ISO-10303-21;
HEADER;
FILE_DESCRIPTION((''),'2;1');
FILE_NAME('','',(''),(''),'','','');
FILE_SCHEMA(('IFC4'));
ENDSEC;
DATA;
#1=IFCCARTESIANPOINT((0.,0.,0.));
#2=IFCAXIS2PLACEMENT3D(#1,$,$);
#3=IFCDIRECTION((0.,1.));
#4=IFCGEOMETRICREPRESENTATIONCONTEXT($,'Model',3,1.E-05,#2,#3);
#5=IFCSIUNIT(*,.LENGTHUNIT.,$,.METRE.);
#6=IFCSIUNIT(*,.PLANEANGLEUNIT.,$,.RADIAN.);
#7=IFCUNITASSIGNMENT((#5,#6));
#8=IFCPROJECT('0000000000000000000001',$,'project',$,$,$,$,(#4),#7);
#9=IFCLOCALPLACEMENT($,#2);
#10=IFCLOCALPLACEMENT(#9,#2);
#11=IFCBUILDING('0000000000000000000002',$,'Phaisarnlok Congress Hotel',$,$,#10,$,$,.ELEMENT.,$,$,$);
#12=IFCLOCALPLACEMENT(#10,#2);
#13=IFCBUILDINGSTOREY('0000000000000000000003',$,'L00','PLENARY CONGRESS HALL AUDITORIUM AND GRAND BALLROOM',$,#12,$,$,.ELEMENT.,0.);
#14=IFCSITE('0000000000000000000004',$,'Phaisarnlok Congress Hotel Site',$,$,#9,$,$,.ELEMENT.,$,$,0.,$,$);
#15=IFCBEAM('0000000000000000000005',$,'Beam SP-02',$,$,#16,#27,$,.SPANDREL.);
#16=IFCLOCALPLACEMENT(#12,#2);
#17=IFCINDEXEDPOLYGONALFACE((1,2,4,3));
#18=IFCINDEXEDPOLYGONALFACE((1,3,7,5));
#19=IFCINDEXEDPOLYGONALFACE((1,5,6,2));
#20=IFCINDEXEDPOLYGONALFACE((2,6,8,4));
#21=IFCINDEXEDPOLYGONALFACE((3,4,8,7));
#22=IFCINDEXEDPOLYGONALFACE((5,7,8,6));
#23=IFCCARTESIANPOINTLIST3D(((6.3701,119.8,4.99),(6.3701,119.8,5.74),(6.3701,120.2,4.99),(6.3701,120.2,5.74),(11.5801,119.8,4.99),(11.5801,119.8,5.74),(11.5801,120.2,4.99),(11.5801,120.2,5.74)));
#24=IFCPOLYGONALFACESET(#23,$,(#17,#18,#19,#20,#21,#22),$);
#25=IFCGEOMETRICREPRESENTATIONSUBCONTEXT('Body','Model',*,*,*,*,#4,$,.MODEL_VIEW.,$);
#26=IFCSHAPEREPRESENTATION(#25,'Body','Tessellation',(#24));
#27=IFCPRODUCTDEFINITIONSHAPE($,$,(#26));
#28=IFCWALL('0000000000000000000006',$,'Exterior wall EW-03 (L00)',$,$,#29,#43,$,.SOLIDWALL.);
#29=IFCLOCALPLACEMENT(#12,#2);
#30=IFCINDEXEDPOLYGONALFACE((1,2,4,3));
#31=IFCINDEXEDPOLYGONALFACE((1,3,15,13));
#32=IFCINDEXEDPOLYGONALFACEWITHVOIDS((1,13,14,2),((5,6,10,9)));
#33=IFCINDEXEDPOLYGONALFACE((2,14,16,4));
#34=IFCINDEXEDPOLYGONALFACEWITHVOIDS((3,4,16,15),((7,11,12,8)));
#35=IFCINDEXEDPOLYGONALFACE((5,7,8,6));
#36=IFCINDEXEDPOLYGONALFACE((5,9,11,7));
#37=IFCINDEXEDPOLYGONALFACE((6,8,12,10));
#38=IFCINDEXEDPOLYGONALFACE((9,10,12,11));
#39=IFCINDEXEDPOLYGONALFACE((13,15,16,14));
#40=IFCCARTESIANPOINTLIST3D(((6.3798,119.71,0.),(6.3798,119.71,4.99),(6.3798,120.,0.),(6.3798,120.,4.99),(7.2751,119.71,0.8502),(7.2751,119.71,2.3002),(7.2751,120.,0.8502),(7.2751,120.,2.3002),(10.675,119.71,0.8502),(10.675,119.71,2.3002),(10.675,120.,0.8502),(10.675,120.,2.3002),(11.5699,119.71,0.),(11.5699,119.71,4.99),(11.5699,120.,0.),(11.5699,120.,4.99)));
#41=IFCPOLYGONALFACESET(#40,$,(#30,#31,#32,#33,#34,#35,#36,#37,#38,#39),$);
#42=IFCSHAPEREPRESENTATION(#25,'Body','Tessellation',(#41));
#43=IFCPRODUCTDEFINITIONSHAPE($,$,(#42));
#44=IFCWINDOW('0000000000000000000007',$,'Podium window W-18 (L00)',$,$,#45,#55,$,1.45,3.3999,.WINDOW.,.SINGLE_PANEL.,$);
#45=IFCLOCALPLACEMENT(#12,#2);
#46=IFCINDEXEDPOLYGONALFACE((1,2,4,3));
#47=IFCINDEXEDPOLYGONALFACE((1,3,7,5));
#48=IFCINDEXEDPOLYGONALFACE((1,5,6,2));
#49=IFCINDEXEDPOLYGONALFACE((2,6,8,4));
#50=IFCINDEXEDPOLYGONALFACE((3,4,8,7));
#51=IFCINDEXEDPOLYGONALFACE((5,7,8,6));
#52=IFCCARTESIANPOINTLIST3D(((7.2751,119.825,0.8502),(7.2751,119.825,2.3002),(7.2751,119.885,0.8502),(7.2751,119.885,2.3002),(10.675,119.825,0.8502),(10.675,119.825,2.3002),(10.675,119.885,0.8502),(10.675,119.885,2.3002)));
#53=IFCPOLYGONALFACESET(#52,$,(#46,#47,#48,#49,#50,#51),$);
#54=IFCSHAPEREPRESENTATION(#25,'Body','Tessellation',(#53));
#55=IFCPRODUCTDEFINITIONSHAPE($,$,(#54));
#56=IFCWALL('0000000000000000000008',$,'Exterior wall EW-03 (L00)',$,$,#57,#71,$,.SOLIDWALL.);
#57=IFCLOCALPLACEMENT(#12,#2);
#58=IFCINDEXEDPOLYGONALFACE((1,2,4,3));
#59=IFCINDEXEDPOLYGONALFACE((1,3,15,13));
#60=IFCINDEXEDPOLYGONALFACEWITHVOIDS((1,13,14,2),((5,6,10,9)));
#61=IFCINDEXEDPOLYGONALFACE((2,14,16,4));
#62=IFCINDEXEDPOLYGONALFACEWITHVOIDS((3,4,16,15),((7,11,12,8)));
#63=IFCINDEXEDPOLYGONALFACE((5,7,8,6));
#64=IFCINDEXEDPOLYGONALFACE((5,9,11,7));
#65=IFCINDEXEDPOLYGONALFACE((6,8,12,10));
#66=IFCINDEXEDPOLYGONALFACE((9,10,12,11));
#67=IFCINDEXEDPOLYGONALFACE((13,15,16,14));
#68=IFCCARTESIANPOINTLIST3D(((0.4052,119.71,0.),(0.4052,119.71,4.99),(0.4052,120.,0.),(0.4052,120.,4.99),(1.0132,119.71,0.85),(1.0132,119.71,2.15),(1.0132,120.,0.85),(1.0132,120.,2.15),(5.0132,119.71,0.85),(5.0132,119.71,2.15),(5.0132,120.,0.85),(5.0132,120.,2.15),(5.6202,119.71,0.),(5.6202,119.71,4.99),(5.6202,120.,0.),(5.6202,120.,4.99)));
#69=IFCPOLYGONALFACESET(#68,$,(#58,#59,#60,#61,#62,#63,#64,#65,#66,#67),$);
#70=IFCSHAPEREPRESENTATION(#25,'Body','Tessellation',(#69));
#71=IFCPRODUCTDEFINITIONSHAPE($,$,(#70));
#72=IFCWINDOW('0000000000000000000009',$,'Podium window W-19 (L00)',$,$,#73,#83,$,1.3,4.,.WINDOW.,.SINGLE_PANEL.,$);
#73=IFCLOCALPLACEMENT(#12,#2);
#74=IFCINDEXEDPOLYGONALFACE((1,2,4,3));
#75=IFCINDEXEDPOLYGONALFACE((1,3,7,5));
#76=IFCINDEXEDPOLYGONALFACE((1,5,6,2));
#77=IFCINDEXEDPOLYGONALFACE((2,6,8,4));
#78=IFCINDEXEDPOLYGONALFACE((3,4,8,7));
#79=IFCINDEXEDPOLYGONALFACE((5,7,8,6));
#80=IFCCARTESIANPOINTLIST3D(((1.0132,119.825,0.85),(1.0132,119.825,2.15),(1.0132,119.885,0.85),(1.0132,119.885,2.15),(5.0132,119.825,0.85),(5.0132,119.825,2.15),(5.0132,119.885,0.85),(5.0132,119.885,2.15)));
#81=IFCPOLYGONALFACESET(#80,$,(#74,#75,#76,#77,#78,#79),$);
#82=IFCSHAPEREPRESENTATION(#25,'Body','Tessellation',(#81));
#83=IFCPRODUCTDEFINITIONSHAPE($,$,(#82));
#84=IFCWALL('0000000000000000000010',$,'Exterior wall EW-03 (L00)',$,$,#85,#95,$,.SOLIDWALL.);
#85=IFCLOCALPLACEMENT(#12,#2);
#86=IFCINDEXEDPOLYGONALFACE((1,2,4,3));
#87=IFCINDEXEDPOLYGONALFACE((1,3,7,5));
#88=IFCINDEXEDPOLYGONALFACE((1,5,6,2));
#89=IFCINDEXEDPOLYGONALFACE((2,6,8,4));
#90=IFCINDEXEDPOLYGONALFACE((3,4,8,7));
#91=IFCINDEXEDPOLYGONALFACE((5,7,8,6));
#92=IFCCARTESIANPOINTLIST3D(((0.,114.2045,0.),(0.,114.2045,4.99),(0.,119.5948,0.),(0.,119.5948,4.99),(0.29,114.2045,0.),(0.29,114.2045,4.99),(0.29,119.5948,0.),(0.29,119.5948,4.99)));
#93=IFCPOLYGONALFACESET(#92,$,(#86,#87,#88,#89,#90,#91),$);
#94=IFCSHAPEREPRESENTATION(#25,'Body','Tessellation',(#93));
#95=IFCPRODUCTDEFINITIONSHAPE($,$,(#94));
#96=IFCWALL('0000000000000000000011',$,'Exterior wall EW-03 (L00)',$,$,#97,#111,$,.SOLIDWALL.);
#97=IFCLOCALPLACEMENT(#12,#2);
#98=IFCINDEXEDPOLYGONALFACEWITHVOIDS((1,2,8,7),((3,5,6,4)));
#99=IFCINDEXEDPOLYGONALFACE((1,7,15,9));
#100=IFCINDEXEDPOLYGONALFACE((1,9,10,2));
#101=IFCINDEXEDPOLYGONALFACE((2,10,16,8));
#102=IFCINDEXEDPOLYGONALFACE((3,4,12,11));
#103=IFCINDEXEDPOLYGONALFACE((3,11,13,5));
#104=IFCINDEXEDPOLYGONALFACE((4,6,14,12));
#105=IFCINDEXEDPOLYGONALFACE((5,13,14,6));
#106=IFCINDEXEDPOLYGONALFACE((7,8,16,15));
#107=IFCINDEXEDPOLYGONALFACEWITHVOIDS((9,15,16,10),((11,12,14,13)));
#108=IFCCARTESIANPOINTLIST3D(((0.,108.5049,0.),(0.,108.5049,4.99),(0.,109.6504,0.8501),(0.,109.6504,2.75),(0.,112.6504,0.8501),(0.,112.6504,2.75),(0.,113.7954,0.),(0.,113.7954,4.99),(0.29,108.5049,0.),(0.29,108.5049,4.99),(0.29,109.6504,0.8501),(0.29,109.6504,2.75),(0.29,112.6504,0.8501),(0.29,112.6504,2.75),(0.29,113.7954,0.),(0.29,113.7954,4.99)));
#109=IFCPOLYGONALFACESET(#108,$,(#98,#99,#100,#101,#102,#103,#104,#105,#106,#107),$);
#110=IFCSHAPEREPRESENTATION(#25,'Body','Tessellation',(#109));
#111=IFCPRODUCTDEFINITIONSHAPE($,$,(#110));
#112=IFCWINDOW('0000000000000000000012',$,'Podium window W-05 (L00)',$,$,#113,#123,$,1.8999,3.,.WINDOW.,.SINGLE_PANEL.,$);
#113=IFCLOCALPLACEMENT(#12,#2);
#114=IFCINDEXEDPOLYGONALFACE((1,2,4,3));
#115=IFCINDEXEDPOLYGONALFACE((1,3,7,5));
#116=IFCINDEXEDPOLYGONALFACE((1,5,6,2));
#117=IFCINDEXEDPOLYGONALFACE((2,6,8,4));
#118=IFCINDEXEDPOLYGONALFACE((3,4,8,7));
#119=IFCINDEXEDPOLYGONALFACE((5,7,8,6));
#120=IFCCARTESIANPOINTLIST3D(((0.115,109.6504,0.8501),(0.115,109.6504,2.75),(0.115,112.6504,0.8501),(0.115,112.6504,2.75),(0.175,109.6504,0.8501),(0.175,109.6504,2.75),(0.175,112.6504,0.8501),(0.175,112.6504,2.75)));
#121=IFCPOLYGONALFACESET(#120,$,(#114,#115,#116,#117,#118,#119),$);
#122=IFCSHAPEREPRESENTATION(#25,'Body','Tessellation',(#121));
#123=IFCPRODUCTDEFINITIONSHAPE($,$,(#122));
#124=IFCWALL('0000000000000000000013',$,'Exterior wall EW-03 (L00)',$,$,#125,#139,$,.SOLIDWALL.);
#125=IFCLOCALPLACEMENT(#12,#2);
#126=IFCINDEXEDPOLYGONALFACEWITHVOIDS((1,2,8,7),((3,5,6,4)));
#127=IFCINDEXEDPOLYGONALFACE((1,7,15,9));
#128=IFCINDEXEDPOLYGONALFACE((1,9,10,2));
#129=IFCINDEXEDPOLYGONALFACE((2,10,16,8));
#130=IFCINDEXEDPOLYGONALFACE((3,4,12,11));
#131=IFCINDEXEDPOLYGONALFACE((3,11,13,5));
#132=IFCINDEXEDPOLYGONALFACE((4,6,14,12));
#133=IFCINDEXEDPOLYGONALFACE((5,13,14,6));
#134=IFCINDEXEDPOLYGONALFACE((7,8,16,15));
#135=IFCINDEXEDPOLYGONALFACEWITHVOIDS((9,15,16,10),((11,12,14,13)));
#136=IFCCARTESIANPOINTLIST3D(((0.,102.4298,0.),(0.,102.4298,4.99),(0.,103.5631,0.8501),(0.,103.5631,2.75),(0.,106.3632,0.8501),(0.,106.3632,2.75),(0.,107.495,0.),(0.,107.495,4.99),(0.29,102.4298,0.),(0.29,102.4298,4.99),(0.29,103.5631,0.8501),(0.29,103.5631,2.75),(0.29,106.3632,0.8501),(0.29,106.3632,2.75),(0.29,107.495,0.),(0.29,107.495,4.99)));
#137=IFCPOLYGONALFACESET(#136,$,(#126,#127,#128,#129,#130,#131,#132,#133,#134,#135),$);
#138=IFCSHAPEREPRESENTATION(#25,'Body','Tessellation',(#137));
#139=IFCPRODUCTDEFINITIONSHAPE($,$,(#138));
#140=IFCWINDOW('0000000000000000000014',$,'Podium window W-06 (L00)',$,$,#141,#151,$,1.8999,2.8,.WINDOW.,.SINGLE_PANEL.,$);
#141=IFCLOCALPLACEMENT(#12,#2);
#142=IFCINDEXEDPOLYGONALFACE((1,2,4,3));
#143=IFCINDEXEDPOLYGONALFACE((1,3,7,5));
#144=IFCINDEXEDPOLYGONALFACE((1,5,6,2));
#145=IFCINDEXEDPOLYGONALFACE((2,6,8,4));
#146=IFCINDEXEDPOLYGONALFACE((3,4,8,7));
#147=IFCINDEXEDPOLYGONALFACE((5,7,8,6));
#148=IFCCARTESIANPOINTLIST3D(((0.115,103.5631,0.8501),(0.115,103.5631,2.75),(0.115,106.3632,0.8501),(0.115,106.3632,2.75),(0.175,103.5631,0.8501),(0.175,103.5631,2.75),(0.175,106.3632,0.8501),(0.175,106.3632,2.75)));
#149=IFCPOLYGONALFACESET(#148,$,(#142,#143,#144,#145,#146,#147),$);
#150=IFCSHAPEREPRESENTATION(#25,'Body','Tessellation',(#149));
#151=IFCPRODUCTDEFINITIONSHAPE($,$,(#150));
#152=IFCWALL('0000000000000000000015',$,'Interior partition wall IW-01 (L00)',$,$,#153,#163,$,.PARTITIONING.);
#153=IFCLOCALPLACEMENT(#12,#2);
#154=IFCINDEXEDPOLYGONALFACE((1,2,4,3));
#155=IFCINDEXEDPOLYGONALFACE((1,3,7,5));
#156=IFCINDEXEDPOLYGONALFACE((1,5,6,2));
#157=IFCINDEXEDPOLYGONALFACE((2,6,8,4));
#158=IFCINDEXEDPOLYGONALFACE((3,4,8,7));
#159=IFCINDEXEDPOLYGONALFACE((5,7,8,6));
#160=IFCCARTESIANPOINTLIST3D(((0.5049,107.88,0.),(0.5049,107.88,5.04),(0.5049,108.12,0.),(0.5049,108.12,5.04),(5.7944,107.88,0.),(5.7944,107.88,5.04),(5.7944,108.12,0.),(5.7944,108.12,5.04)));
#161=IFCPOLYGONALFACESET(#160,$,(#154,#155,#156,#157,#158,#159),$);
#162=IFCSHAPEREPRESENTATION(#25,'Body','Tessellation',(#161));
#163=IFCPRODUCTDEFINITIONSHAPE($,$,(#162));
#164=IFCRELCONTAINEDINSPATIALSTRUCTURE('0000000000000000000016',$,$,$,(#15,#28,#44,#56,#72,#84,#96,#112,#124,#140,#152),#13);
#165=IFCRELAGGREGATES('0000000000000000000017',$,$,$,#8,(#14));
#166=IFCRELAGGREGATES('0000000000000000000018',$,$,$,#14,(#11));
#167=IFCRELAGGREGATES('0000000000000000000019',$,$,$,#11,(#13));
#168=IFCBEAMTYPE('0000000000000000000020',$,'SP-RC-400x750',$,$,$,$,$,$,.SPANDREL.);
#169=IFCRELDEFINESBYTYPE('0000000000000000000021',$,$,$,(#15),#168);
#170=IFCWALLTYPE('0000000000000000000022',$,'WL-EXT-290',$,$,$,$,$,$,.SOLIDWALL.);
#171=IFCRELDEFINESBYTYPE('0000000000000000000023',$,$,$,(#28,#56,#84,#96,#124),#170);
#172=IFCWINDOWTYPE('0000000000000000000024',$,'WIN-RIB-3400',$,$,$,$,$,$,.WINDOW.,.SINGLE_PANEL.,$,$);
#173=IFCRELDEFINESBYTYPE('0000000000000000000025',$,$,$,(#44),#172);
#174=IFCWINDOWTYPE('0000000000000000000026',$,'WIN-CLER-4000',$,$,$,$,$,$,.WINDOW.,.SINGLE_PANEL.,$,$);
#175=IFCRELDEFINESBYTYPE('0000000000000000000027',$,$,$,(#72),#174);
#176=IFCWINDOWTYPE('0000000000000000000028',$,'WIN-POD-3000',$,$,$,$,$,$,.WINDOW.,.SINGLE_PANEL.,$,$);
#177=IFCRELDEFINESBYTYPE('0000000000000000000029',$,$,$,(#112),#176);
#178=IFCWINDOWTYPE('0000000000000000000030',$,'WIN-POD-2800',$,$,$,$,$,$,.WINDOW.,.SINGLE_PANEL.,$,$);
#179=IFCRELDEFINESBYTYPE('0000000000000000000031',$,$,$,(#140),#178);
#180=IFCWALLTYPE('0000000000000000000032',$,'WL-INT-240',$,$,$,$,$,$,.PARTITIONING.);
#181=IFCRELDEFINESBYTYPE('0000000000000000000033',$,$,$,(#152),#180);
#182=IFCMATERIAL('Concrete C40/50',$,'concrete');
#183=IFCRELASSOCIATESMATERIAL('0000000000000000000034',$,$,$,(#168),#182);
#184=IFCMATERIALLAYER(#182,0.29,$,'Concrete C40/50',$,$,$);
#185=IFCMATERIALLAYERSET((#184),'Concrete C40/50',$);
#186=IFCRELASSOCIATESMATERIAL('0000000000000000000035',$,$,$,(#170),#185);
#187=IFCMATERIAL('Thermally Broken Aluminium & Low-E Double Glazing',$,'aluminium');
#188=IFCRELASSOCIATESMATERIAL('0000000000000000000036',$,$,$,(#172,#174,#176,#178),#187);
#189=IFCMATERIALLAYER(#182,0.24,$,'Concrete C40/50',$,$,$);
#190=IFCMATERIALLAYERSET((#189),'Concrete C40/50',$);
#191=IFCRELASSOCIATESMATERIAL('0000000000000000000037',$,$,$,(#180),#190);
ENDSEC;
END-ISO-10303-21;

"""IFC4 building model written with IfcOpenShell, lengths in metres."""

from ifc_helpers import new_model, si_unit, direction, frame, frame_2d, origin, origin_2d, place, context, subcontext, project, spatial, rectangle, extrude, material, layer, layer_set, material_profile, profile_set, type_object, element, fill, save


model = new_model("IFC4")

# Units and contexts
model_context = context("Model", 3, precision=1e-05, world=origin(), true_north=direction((0.0, 1.0)))
body_context = subcontext(model_context, "Body", "Model", "MODEL_VIEW")
ifc_project = project(units=[si_unit("LENGTHUNIT", "METRE"), si_unit("PLANEANGLEUNIT", "RADIAN")], contexts=[model_context])

# Site, building, storey
site_placement = place(None, origin())
site = spatial("IfcSite", under=ifc_project, at=site_placement, Name="Phaisarnlok Congress Hotel Site", CompositionType="ELEMENT", RefElevation=0.0)
building_placement = place(site_placement, origin())
building = spatial("IfcBuilding", under=site, at=building_placement, Name="Phaisarnlok Congress Hotel", CompositionType="ELEMENT")
storey_placement = place(building_placement, origin())
storey = spatial("IfcBuildingStorey", under=building, at=storey_placement, Name="L00", Description="PLENARY CONGRESS HALL AUDITORIUM AND GRAND BALLROOM", CompositionType="ELEMENT", Elevation=0.0)

# Beam
ifc_material_1 = material(Name="Concrete C40/50", Category="concrete")
ifc_material_profile_1 = material_profile(ifc_material_1, rectangle(XDim=0.3999, YDim=0.75, at=origin_2d()), Name="RC 400x750")
ifc_profile_set_1 = profile_set([ifc_material_profile_1], Name="Concrete C40/50")
beam_type_1 = type_object("IfcBeamType", Name="SP-RC-400x750", PredefinedType="SPANDREL", material=ifc_profile_set_1)
beam_1_placement = place(storey_placement, frame((6.3701, 120.0, 5.365), z_axis=(1.0, 0.0, 0.0), x_axis=(0.0, 1.0, 0.0)))
element("IfcBeam", 1, at=beam_1_placement, inside=storey, type_object=beam_type_1, Name="Beam SP-02", PredefinedType="SPANDREL", context=body_context, shape_type="SweptSolid", body=[
    extrude(rectangle(XDim=0.3999, YDim=0.75, at=origin_2d()), origin(), (0.0, 0.0, 1.0), 5.21),
])

# Walls, openings, windows
ifc_layer_1 = layer(ifc_material_1, 0.29, Name="Concrete C40/50")
ifc_layer_set_1 = layer_set([ifc_layer_1], Name="Concrete C40/50")
wall_type_1 = type_object("IfcWallType", Name="WL-EXT-290", PredefinedType="SOLIDWALL", material=ifc_layer_set_1)
wall_1_placement = place(storey_placement, frame((11.5701, 119.855, 0.0), z_axis=(0.0, 0.0, 1.0), x_axis=(-1.0, 0.0, 0.0)))
wall_1 = element("IfcWall", 2, at=wall_1_placement, inside=storey, type_object=wall_type_1, Name="Exterior wall EW-03 (L00)", PredefinedType="SOLIDWALL", context=body_context, shape_type="SweptSolid", body=[
    extrude(rectangle(XDim=5.1902, YDim=0.29, at=frame_2d((2.5952, 0.0))), origin(), (0.0, 0.0, 1.0), 4.99),
])
opening_1_placement = place(wall_1_placement, frame((0.895, 0.0, 0.8501)))
opening_1 = element("IfcOpeningElement", 3, at=opening_1_placement, cuts=wall_1, PredefinedType="OPENING", context=body_context, shape_type="SweptSolid", body=[
    extrude(rectangle(XDim=3.3999, YDim=1.45, at=frame_2d((1.7, 0.7251))), frame((0.0, 0.155, 0.0), z_axis=(0.0, -1.0, 0.0), x_axis=(1.0, 0.0, 0.0)), (0.0, 0.0, 1.0), 0.3101),
])
ifc_material_2 = material(Name="Thermally Broken Aluminium & Low-E Double Glazing", Category="aluminium")
window_type_1 = type_object("IfcWindowType", Name="WIN-RIB-3400", PartitioningType="SINGLE_PANEL", PredefinedType="WINDOW", material=ifc_material_2)
window_1_placement = place(opening_1_placement, origin())
window_1 = element("IfcWindow", 4, at=window_1_placement, inside=storey, type_object=window_type_1, Name="Podium window W-18 (L00)", OverallHeight=1.45, OverallWidth=3.3999, PartitioningType="SINGLE_PANEL", PredefinedType="WINDOW", context=body_context, shape_type="SweptSolid", body=[
    extrude(rectangle(XDim=3.3999, YDim=1.45, at=frame_2d((1.7, 0.7251))), frame((0.0, 0.03, 0.0), z_axis=(0.0, -1.0, 0.0), x_axis=(1.0, 0.0, 0.0)), (0.0, 0.0, 1.0), 0.0601),
])
fill(opening_1, window_1)
wall_2_placement = place(storey_placement, frame((5.6201, 119.855, 0.0), z_axis=(0.0, 0.0, 1.0), x_axis=(-1.0, 0.0, 0.0)))
wall_2 = element("IfcWall", 5, at=wall_2_placement, inside=storey, type_object=wall_type_1, Name="Exterior wall EW-03 (L00)", PredefinedType="SOLIDWALL", context=body_context, shape_type="SweptSolid", body=[
    extrude(rectangle(XDim=5.2151, YDim=0.29, at=frame_2d((2.6074, 0.0))), origin(), (0.0, 0.0, 1.0), 4.99),
])
opening_2_placement = place(wall_2_placement, frame((0.6069, 0.0, 0.8501)))
opening_2 = element("IfcOpeningElement", 6, at=opening_2_placement, cuts=wall_2, PredefinedType="OPENING", context=body_context, shape_type="SweptSolid", body=[
    extrude(rectangle(XDim=4.0, YDim=1.3, at=frame_2d((2.0, 0.6499))), frame((0.0, 0.155, 0.0), z_axis=(0.0, -1.0, 0.0), x_axis=(1.0, 0.0, 0.0)), (0.0, 0.0, 1.0), 0.3101),
])
window_type_2 = type_object("IfcWindowType", Name="WIN-CLER-4000", PartitioningType="SINGLE_PANEL", PredefinedType="WINDOW", material=ifc_material_2)
window_2_placement = place(opening_2_placement, origin())
window_2 = element("IfcWindow", 7, at=window_2_placement, inside=storey, type_object=window_type_2, Name="Podium window W-19 (L00)", OverallHeight=1.3, OverallWidth=4.0, PartitioningType="SINGLE_PANEL", PredefinedType="WINDOW", context=body_context, shape_type="SweptSolid", body=[
    extrude(rectangle(XDim=4.0, YDim=1.3, at=frame_2d((2.0, 0.6499))), frame((0.0, 0.03, 0.0), z_axis=(0.0, -1.0, 0.0), x_axis=(1.0, 0.0, 0.0)), (0.0, 0.0, 1.0), 0.0601),
])
fill(opening_2, window_2)

# Wall
wall_3_placement = place(storey_placement, frame((0.145, 119.595, 0.0), z_axis=(0.0, 0.0, 1.0), x_axis=(0.0, -1.0, 0.0)))
element("IfcWall", 8, at=wall_3_placement, inside=storey, type_object=wall_type_1, Name="Exterior wall EW-03 (L00)", PredefinedType="SOLIDWALL", context=body_context, shape_type="SweptSolid", body=[
    extrude(rectangle(XDim=5.3904, YDim=0.29, at=frame_2d((2.6953, 0.0))), origin(), (0.0, 0.0, 1.0), 4.99),
])

# Walls, openings, windows
wall_4_placement = place(storey_placement, frame((0.145, 113.7954, 0.0), z_axis=(0.0, 0.0, 1.0), x_axis=(0.0, -1.0, 0.0)))
wall_4 = element("IfcWall", 9, at=wall_4_placement, inside=storey, type_object=wall_type_1, Name="Exterior wall EW-03 (L00)", PredefinedType="SOLIDWALL", context=body_context, shape_type="SweptSolid", body=[
    extrude(rectangle(XDim=5.2905, YDim=0.29, at=frame_2d((2.6453, 0.0))), origin(), (0.0, 0.0, 1.0), 4.99),
])
opening_3_placement = place(wall_4_placement, frame((1.145, 0.0, 0.8501)))
opening_3 = element("IfcOpeningElement", 10, at=opening_3_placement, cuts=wall_4, PredefinedType="OPENING", context=body_context, shape_type="SweptSolid", body=[
    extrude(rectangle(XDim=3.0, YDim=1.8999, at=frame_2d((1.5, 0.95))), frame((0.0, 0.155, 0.0), z_axis=(0.0, -1.0, 0.0), x_axis=(1.0, 0.0, 0.0)), (0.0, 0.0, 1.0), 0.3101),
])
window_type_3 = type_object("IfcWindowType", Name="WIN-POD-3000", PartitioningType="SINGLE_PANEL", PredefinedType="WINDOW", material=ifc_material_2)
window_3_placement = place(opening_3_placement, origin())
window_3 = element("IfcWindow", 11, at=window_3_placement, inside=storey, type_object=window_type_3, Name="Podium window W-05 (L00)", OverallHeight=1.8999, OverallWidth=3.0, PartitioningType="SINGLE_PANEL", PredefinedType="WINDOW", context=body_context, shape_type="SweptSolid", body=[
    extrude(rectangle(XDim=3.0, YDim=1.8999, at=frame_2d((1.5, 0.95))), frame((0.0, 0.03, 0.0), z_axis=(0.0, -1.0, 0.0), x_axis=(1.0, 0.0, 0.0)), (0.0, 0.0, 1.0), 0.0601),
])
fill(opening_3, window_3)
wall_5_placement = place(storey_placement, frame((0.145, 107.4951, 0.0), z_axis=(0.0, 0.0, 1.0), x_axis=(0.0, -1.0, 0.0)))
wall_5 = element("IfcWall", 12, at=wall_5_placement, inside=storey, type_object=wall_type_1, Name="Exterior wall EW-03 (L00)", PredefinedType="SOLIDWALL", context=body_context, shape_type="SweptSolid", body=[
    extrude(rectangle(XDim=5.0652, YDim=0.29, at=frame_2d((2.5327, 0.0))), origin(), (0.0, 0.0, 1.0), 4.99),
])
opening_4_placement = place(wall_5_placement, frame((1.1321, 0.0, 0.8501)))
opening_4 = element("IfcOpeningElement", 13, at=opening_4_placement, cuts=wall_5, PredefinedType="OPENING", context=body_context, shape_type="SweptSolid", body=[
    extrude(rectangle(XDim=2.8, YDim=1.8999, at=frame_2d((1.3999, 0.95))), frame((0.0, 0.155, 0.0), z_axis=(0.0, -1.0, 0.0), x_axis=(1.0, 0.0, 0.0)), (0.0, 0.0, 1.0), 0.3101),
])
window_type_4 = type_object("IfcWindowType", Name="WIN-POD-2800", PartitioningType="SINGLE_PANEL", PredefinedType="WINDOW", material=ifc_material_2)
window_4_placement = place(opening_4_placement, origin())
window_4 = element("IfcWindow", 14, at=window_4_placement, inside=storey, type_object=window_type_4, Name="Podium window W-06 (L00)", OverallHeight=1.8999, OverallWidth=2.8, PartitioningType="SINGLE_PANEL", PredefinedType="WINDOW", context=body_context, shape_type="SweptSolid", body=[
    extrude(rectangle(XDim=2.8, YDim=1.8999, at=frame_2d((1.3999, 0.95))), frame((0.0, 0.03, 0.0), z_axis=(0.0, -1.0, 0.0), x_axis=(1.0, 0.0, 0.0)), (0.0, 0.0, 1.0), 0.0601),
])
fill(opening_4, window_4)

# Wall
ifc_layer_2 = layer(ifc_material_1, 0.24, Name="Concrete C40/50")
ifc_layer_set_2 = layer_set([ifc_layer_2], Name="Concrete C40/50")
wall_type_2 = type_object("IfcWallType", Name="WL-INT-240", PredefinedType="PARTITIONING", material=ifc_layer_set_2)
wall_6_placement = place(storey_placement, frame((0.5049, 108.0, 0.0), z_axis=(0.0, 0.0, 1.0), x_axis=(1.0, 0.0, 0.0)))
element("IfcWall", 15, at=wall_6_placement, inside=storey, type_object=wall_type_2, Name="Interior partition wall IW-01 (L00)", PredefinedType="PARTITIONING", context=body_context, shape_type="SweptSolid", body=[
    extrude(rectangle(XDim=5.2896, YDim=0.24, at=frame_2d((2.6448, 0.0))), origin(), (0.0, 0.0, 1.0), 5.04),
])

save(model, "model.ifc")
